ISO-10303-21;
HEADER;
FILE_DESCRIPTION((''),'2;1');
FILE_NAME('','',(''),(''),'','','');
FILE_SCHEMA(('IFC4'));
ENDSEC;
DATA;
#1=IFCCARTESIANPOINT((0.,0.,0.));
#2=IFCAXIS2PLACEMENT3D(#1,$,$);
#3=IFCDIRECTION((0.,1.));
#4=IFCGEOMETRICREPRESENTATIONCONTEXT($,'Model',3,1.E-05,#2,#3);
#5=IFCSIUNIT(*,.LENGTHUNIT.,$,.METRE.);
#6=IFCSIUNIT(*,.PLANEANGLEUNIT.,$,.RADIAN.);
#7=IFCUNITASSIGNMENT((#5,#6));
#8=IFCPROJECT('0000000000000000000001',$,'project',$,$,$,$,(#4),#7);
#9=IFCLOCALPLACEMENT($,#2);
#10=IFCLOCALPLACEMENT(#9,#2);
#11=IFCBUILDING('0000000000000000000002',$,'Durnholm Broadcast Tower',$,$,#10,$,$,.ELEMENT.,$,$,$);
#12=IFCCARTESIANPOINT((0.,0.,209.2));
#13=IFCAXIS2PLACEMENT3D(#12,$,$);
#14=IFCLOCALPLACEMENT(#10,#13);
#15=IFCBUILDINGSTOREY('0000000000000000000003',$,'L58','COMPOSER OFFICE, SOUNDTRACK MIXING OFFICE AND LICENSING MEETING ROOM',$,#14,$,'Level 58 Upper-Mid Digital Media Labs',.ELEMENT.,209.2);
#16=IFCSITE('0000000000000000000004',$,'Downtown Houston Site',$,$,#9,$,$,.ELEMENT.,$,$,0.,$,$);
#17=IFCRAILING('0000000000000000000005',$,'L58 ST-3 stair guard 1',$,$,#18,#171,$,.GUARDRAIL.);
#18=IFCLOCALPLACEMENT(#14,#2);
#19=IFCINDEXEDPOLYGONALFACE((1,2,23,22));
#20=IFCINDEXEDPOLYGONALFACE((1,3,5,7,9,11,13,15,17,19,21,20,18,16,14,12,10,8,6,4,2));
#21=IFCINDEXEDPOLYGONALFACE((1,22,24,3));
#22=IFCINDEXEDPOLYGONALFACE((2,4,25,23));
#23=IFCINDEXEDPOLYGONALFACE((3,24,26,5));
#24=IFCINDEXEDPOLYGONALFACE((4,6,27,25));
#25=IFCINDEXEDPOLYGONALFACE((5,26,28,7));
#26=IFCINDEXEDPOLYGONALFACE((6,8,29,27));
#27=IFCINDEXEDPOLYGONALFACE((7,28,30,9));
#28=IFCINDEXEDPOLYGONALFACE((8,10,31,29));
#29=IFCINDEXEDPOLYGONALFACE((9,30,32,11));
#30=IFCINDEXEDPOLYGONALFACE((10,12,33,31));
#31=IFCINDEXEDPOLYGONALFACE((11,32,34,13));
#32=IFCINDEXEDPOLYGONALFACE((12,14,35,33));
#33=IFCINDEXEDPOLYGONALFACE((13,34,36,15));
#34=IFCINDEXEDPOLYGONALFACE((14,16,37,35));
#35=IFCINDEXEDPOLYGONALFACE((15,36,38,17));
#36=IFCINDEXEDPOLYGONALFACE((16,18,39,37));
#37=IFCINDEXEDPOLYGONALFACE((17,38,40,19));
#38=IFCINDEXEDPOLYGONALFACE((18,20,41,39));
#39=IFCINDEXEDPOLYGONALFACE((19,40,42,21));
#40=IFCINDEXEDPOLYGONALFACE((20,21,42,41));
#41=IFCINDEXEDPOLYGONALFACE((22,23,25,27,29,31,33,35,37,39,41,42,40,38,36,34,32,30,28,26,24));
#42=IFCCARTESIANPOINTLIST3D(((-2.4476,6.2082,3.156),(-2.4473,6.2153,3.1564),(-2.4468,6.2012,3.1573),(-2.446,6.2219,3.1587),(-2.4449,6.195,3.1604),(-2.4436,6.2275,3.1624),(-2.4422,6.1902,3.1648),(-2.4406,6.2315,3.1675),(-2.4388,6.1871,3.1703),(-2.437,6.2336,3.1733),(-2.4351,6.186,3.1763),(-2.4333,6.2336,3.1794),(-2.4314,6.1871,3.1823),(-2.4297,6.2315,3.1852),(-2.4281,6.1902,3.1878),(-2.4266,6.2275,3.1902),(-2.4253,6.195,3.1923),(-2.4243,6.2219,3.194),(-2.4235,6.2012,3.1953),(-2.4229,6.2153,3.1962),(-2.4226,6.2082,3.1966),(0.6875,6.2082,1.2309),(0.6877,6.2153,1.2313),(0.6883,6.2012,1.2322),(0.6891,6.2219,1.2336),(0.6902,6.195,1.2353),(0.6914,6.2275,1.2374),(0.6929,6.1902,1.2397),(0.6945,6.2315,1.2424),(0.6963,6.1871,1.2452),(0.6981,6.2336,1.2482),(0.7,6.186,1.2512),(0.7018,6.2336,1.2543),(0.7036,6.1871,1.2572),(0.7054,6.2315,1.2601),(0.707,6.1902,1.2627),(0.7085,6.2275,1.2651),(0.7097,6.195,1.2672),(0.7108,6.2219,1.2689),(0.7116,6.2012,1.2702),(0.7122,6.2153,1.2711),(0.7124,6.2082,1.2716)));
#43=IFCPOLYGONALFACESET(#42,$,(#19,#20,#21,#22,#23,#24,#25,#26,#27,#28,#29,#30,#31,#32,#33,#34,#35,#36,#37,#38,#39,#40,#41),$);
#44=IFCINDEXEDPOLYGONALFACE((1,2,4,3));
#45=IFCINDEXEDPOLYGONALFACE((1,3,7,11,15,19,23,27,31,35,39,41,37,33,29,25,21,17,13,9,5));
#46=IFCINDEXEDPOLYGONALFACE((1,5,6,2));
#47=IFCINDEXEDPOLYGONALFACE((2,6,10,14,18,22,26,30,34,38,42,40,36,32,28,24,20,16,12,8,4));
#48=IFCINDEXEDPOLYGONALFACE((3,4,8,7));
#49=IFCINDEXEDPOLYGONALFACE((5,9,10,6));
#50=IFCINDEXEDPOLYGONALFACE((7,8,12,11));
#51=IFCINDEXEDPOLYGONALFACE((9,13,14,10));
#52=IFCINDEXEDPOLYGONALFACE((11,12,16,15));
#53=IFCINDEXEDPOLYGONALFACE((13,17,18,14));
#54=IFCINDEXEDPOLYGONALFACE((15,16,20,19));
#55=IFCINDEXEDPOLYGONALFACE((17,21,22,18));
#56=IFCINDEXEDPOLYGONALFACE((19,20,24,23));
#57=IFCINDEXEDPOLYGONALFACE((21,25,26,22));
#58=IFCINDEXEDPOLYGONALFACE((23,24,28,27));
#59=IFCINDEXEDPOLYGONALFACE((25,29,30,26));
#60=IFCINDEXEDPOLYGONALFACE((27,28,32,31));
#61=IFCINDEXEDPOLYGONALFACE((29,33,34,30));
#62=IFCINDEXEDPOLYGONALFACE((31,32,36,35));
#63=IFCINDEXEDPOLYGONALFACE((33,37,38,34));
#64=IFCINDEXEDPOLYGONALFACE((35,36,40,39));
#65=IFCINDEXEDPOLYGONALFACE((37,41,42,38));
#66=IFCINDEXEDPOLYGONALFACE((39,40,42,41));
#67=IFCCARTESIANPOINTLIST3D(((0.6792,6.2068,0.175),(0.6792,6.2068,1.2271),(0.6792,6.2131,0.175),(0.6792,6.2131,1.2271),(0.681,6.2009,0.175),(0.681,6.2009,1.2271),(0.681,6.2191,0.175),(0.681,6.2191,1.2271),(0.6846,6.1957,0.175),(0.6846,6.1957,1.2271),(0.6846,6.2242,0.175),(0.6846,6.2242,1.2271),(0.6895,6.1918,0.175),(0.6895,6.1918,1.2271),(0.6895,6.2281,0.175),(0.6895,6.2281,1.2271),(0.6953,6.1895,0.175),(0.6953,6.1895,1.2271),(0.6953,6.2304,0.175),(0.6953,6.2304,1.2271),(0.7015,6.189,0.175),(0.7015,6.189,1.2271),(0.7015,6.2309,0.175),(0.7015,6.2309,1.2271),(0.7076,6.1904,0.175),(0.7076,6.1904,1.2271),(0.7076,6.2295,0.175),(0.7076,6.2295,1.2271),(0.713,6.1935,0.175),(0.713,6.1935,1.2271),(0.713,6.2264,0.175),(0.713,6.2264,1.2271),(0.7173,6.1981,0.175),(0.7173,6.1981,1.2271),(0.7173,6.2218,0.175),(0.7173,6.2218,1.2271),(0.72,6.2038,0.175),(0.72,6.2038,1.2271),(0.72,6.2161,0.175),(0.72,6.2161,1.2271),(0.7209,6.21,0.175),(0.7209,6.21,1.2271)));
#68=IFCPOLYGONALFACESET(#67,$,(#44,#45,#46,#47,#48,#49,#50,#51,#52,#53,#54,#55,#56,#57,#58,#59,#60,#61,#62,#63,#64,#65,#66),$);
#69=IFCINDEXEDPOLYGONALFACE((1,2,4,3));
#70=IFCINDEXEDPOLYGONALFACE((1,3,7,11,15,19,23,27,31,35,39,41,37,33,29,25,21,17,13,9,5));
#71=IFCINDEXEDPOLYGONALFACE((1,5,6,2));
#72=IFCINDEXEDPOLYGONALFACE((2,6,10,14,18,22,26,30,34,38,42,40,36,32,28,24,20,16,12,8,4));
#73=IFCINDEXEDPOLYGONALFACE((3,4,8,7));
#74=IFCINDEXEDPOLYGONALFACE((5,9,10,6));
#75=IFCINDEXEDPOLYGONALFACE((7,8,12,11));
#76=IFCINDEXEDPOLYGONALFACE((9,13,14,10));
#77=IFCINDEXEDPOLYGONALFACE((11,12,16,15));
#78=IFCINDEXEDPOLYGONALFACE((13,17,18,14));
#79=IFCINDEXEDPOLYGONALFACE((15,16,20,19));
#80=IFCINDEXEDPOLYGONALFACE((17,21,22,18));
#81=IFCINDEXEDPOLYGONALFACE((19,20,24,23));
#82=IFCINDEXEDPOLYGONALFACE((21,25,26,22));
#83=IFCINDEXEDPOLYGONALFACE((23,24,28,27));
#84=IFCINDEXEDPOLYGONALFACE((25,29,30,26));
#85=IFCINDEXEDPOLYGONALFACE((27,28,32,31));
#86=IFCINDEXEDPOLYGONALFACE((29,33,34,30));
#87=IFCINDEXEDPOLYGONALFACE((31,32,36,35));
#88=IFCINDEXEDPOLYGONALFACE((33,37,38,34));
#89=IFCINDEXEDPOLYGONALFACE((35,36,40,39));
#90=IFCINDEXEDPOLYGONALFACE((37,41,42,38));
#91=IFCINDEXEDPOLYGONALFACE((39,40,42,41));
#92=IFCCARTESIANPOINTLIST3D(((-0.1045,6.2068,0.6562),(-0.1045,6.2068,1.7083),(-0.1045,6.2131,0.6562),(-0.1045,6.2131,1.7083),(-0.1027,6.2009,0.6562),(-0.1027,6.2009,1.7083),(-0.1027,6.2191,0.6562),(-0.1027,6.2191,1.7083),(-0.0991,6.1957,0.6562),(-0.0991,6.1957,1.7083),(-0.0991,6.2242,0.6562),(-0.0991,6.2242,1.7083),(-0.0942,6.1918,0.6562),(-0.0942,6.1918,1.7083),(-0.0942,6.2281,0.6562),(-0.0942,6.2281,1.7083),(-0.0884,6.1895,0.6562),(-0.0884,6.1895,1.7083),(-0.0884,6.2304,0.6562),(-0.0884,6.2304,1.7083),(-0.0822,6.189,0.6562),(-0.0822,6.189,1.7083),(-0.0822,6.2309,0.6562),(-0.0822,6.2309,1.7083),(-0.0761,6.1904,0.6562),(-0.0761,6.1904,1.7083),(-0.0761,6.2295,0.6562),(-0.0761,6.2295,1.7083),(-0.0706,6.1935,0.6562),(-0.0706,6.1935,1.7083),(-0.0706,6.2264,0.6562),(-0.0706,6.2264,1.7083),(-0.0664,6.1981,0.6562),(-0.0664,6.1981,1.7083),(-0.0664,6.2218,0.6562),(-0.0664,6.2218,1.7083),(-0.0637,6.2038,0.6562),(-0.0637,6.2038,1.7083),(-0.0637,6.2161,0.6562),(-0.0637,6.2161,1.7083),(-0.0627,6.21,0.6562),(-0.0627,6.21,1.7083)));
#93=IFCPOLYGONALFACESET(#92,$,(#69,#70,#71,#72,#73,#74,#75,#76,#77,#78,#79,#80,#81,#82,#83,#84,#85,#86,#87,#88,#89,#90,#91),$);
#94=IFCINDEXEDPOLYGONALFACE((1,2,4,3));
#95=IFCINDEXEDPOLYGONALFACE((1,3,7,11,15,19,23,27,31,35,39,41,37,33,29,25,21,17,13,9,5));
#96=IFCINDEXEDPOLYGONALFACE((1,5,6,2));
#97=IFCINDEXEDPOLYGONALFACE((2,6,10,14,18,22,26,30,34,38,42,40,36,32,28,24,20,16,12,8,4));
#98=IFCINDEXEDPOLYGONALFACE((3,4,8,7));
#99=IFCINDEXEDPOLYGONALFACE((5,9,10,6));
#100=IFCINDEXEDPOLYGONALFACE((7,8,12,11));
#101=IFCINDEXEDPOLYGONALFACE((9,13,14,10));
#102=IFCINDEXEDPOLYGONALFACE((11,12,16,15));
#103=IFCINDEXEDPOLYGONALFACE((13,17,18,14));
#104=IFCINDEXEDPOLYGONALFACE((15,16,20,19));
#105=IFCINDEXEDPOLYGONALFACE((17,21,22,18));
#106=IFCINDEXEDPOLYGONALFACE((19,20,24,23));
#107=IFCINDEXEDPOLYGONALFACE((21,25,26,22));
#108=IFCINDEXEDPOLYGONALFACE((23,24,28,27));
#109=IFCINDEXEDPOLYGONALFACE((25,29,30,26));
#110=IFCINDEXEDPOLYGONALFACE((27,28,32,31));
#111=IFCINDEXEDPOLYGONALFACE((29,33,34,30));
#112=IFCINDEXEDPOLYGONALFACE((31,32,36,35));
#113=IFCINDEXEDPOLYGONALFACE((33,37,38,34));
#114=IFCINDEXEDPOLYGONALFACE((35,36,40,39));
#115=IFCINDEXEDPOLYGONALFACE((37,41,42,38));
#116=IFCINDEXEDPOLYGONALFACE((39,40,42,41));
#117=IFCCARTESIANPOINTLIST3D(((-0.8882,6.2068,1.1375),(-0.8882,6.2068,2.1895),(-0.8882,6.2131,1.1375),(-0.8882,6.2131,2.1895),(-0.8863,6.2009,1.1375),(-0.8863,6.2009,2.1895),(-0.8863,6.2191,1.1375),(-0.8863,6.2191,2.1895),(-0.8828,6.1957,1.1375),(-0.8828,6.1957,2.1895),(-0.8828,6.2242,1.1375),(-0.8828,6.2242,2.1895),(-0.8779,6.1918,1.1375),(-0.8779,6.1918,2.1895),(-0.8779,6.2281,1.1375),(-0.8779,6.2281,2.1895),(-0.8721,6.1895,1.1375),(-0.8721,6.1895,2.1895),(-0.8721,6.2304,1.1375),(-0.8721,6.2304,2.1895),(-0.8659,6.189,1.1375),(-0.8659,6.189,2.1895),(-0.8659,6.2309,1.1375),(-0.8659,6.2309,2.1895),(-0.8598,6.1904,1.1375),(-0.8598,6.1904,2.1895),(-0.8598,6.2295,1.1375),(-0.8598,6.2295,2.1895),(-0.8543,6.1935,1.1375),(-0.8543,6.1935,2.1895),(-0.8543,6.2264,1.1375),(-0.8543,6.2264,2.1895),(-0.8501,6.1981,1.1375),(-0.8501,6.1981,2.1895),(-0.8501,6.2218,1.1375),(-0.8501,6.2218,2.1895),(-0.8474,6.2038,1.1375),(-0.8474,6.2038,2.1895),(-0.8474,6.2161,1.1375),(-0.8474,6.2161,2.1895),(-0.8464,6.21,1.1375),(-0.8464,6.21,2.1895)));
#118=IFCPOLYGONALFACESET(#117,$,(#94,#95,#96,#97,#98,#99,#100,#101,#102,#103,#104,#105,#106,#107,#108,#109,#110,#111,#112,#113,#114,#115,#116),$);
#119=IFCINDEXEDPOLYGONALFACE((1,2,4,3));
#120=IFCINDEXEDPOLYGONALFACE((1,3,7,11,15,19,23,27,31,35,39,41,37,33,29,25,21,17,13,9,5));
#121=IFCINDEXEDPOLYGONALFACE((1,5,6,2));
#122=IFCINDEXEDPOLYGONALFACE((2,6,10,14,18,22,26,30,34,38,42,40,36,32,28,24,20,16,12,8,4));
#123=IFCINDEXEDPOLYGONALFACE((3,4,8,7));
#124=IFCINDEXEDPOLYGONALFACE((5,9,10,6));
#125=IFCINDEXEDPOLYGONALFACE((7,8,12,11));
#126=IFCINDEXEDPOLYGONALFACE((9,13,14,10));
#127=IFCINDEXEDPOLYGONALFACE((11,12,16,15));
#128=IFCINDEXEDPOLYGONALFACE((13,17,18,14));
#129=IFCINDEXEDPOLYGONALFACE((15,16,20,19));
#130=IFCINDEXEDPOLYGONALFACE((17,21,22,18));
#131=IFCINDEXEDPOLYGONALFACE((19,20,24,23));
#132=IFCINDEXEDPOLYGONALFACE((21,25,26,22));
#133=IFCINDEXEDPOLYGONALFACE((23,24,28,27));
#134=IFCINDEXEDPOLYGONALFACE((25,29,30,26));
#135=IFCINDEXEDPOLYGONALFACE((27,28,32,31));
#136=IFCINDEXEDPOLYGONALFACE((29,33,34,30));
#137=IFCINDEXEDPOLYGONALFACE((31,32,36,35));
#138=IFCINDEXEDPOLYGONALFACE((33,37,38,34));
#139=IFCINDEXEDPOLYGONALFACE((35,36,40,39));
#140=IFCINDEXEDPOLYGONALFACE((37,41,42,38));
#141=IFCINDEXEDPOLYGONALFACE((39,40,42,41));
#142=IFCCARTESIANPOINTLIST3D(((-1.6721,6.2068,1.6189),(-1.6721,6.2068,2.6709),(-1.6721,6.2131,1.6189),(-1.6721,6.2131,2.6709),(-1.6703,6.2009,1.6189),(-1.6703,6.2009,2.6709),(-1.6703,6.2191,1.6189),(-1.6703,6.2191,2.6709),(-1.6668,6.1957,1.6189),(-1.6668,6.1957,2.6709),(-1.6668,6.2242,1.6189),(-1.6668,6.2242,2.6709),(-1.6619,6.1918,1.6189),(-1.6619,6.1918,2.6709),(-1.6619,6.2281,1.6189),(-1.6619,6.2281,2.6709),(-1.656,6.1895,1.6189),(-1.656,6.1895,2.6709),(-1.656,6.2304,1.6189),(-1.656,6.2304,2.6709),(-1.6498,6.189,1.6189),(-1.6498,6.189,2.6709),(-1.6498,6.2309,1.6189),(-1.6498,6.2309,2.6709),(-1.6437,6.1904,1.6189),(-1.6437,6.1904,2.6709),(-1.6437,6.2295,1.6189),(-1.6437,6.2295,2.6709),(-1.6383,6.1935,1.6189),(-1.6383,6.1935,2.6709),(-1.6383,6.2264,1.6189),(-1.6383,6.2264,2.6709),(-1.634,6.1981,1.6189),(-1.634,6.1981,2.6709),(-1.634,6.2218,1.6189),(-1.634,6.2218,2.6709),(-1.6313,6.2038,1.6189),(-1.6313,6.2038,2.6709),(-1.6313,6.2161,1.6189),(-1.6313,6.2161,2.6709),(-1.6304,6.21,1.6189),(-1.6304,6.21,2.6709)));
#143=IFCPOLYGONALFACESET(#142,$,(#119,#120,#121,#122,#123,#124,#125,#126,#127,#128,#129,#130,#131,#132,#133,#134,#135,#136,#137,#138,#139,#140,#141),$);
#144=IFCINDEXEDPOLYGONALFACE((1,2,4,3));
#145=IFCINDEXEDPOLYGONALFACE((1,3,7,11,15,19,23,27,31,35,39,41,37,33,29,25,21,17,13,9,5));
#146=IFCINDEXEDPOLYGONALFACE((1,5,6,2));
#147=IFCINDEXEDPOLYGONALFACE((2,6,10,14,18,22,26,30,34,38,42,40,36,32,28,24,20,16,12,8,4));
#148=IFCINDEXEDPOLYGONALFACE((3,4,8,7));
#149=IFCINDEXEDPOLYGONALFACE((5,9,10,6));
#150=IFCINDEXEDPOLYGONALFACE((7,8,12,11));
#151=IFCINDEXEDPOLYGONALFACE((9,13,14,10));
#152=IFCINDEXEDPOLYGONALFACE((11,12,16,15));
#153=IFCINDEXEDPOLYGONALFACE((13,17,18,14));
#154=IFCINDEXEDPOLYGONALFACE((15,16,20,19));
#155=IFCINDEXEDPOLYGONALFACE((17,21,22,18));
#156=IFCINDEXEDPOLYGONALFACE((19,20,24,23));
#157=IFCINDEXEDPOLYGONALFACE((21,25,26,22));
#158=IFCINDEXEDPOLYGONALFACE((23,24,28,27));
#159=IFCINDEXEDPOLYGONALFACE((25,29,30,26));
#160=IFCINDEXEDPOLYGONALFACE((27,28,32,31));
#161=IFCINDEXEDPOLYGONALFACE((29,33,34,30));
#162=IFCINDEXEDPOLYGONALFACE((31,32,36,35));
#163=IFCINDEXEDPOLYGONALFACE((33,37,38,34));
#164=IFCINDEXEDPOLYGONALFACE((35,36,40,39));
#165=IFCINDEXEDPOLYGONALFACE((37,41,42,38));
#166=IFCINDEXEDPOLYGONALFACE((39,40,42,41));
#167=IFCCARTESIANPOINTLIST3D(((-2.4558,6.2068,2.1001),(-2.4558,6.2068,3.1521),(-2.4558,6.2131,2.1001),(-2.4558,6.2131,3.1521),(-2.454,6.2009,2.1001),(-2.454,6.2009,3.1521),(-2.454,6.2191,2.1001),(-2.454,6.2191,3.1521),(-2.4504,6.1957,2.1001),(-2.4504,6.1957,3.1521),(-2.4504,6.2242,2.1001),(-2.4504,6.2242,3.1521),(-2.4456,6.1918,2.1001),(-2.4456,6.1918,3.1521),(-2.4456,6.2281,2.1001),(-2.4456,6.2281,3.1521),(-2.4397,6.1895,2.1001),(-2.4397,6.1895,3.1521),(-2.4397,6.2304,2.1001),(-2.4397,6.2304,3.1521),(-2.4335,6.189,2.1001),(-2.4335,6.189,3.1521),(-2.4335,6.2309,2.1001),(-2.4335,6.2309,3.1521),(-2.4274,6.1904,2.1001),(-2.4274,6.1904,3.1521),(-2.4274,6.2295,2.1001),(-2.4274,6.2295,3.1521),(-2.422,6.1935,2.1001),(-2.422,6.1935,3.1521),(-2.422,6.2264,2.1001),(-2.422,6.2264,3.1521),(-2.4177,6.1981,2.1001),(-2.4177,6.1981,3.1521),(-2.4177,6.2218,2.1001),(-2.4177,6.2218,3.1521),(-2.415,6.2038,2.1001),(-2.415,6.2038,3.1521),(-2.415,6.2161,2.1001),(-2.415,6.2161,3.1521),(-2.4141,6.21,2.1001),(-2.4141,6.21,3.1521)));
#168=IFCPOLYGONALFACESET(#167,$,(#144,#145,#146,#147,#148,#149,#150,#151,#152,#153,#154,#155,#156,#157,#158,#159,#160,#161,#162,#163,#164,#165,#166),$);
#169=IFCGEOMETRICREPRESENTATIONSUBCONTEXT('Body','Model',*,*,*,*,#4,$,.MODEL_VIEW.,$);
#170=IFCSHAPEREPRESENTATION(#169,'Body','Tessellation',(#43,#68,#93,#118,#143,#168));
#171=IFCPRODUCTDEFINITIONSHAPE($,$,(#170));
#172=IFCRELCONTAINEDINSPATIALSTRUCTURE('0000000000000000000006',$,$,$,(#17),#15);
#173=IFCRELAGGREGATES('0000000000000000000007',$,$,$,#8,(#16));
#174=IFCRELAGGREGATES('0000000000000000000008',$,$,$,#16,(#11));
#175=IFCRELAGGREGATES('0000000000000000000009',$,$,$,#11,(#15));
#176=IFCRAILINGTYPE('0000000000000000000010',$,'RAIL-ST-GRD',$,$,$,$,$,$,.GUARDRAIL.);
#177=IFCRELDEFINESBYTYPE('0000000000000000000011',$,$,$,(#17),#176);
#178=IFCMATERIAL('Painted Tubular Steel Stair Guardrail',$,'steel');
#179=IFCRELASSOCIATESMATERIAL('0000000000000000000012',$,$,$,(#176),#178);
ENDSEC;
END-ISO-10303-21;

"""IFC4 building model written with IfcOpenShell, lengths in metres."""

from ifc_helpers import new_model, si_unit, direction, frame, origin, origin_2d, place, context, subcontext, project, spatial, circle, extrude, material, type_object, element, save


model = new_model("IFC4")

# Units and contexts
model_context = context("Model", 3, precision=1e-05, world=origin(), true_north=direction((0.0, 1.0)))
body_context = subcontext(model_context, "Body", "Model", "MODEL_VIEW")
ifc_project = project(units=[si_unit("LENGTHUNIT", "METRE"), si_unit("PLANEANGLEUNIT", "RADIAN")], contexts=[model_context])

# Site, building, storey
site_placement = place(None, origin())
site = spatial("IfcSite", under=ifc_project, at=site_placement, Name="Downtown Houston Site", CompositionType="ELEMENT", RefElevation=0.0)
building_placement = place(site_placement, origin())
building = spatial("IfcBuilding", under=site, at=building_placement, Name="Durnholm Broadcast Tower", CompositionType="ELEMENT")
storey_placement = place(building_placement, frame((0.0, 0.0, 209.2)))
storey = spatial("IfcBuildingStorey", under=building, at=storey_placement, Name="L58", Description="COMPOSER OFFICE, SOUNDTRACK MIXING OFFICE AND LICENSING MEETING ROOM", LongName="Level 58 Upper-Mid Digital Media Labs", CompositionType="ELEMENT", Elevation=209.2)

# Railing
ifc_material_1 = material(Name="Painted Tubular Steel Stair Guardrail", Category="steel")
railing_type_1 = type_object("IfcRailingType", Name="RAIL-ST-GRD", PredefinedType="GUARDRAIL", material=ifc_material_1)
railing_1_placement = place(storey_placement, frame((0.7, 6.21, 0.175)))
element("IfcRailing", 1, at=railing_1_placement, inside=storey, type_object=railing_type_1, Name="L58 ST-3 stair guard 1", PredefinedType="GUARDRAIL", context=body_context, shape_type="SweptSolid", body=[
    extrude(circle(Radius=0.0239, at=origin_2d()), frame((0.0, 0.0, 1.0762), z_axis=(-0.852166, 0.0, 0.523271), x_axis=(0.0, -1.0, 0.0)), (0.0, 0.0, 1.0), 3.679),
    extrude(circle(Radius=0.021, at=origin_2d()), origin(), (0.0, 0.0, 1.0), 1.052),
    extrude(circle(Radius=0.021, at=origin_2d()), frame((-0.7837, 0.0, 0.4812)), (0.0, 0.0, 1.0), 1.052),
    extrude(circle(Radius=0.021, at=origin_2d()), frame((-1.5674, 0.0, 0.9624)), (0.0, 0.0, 1.0), 1.052),
    extrude(circle(Radius=0.021, at=origin_2d()), frame((-2.3513, 0.0, 1.4438)), (0.0, 0.0, 1.0), 1.052),
    extrude(circle(Radius=0.021, at=origin_2d()), frame((-3.135, 0.0, 1.925)), (0.0, 0.0, 1.0), 1.052),
])

save(model, "model.ifc")
